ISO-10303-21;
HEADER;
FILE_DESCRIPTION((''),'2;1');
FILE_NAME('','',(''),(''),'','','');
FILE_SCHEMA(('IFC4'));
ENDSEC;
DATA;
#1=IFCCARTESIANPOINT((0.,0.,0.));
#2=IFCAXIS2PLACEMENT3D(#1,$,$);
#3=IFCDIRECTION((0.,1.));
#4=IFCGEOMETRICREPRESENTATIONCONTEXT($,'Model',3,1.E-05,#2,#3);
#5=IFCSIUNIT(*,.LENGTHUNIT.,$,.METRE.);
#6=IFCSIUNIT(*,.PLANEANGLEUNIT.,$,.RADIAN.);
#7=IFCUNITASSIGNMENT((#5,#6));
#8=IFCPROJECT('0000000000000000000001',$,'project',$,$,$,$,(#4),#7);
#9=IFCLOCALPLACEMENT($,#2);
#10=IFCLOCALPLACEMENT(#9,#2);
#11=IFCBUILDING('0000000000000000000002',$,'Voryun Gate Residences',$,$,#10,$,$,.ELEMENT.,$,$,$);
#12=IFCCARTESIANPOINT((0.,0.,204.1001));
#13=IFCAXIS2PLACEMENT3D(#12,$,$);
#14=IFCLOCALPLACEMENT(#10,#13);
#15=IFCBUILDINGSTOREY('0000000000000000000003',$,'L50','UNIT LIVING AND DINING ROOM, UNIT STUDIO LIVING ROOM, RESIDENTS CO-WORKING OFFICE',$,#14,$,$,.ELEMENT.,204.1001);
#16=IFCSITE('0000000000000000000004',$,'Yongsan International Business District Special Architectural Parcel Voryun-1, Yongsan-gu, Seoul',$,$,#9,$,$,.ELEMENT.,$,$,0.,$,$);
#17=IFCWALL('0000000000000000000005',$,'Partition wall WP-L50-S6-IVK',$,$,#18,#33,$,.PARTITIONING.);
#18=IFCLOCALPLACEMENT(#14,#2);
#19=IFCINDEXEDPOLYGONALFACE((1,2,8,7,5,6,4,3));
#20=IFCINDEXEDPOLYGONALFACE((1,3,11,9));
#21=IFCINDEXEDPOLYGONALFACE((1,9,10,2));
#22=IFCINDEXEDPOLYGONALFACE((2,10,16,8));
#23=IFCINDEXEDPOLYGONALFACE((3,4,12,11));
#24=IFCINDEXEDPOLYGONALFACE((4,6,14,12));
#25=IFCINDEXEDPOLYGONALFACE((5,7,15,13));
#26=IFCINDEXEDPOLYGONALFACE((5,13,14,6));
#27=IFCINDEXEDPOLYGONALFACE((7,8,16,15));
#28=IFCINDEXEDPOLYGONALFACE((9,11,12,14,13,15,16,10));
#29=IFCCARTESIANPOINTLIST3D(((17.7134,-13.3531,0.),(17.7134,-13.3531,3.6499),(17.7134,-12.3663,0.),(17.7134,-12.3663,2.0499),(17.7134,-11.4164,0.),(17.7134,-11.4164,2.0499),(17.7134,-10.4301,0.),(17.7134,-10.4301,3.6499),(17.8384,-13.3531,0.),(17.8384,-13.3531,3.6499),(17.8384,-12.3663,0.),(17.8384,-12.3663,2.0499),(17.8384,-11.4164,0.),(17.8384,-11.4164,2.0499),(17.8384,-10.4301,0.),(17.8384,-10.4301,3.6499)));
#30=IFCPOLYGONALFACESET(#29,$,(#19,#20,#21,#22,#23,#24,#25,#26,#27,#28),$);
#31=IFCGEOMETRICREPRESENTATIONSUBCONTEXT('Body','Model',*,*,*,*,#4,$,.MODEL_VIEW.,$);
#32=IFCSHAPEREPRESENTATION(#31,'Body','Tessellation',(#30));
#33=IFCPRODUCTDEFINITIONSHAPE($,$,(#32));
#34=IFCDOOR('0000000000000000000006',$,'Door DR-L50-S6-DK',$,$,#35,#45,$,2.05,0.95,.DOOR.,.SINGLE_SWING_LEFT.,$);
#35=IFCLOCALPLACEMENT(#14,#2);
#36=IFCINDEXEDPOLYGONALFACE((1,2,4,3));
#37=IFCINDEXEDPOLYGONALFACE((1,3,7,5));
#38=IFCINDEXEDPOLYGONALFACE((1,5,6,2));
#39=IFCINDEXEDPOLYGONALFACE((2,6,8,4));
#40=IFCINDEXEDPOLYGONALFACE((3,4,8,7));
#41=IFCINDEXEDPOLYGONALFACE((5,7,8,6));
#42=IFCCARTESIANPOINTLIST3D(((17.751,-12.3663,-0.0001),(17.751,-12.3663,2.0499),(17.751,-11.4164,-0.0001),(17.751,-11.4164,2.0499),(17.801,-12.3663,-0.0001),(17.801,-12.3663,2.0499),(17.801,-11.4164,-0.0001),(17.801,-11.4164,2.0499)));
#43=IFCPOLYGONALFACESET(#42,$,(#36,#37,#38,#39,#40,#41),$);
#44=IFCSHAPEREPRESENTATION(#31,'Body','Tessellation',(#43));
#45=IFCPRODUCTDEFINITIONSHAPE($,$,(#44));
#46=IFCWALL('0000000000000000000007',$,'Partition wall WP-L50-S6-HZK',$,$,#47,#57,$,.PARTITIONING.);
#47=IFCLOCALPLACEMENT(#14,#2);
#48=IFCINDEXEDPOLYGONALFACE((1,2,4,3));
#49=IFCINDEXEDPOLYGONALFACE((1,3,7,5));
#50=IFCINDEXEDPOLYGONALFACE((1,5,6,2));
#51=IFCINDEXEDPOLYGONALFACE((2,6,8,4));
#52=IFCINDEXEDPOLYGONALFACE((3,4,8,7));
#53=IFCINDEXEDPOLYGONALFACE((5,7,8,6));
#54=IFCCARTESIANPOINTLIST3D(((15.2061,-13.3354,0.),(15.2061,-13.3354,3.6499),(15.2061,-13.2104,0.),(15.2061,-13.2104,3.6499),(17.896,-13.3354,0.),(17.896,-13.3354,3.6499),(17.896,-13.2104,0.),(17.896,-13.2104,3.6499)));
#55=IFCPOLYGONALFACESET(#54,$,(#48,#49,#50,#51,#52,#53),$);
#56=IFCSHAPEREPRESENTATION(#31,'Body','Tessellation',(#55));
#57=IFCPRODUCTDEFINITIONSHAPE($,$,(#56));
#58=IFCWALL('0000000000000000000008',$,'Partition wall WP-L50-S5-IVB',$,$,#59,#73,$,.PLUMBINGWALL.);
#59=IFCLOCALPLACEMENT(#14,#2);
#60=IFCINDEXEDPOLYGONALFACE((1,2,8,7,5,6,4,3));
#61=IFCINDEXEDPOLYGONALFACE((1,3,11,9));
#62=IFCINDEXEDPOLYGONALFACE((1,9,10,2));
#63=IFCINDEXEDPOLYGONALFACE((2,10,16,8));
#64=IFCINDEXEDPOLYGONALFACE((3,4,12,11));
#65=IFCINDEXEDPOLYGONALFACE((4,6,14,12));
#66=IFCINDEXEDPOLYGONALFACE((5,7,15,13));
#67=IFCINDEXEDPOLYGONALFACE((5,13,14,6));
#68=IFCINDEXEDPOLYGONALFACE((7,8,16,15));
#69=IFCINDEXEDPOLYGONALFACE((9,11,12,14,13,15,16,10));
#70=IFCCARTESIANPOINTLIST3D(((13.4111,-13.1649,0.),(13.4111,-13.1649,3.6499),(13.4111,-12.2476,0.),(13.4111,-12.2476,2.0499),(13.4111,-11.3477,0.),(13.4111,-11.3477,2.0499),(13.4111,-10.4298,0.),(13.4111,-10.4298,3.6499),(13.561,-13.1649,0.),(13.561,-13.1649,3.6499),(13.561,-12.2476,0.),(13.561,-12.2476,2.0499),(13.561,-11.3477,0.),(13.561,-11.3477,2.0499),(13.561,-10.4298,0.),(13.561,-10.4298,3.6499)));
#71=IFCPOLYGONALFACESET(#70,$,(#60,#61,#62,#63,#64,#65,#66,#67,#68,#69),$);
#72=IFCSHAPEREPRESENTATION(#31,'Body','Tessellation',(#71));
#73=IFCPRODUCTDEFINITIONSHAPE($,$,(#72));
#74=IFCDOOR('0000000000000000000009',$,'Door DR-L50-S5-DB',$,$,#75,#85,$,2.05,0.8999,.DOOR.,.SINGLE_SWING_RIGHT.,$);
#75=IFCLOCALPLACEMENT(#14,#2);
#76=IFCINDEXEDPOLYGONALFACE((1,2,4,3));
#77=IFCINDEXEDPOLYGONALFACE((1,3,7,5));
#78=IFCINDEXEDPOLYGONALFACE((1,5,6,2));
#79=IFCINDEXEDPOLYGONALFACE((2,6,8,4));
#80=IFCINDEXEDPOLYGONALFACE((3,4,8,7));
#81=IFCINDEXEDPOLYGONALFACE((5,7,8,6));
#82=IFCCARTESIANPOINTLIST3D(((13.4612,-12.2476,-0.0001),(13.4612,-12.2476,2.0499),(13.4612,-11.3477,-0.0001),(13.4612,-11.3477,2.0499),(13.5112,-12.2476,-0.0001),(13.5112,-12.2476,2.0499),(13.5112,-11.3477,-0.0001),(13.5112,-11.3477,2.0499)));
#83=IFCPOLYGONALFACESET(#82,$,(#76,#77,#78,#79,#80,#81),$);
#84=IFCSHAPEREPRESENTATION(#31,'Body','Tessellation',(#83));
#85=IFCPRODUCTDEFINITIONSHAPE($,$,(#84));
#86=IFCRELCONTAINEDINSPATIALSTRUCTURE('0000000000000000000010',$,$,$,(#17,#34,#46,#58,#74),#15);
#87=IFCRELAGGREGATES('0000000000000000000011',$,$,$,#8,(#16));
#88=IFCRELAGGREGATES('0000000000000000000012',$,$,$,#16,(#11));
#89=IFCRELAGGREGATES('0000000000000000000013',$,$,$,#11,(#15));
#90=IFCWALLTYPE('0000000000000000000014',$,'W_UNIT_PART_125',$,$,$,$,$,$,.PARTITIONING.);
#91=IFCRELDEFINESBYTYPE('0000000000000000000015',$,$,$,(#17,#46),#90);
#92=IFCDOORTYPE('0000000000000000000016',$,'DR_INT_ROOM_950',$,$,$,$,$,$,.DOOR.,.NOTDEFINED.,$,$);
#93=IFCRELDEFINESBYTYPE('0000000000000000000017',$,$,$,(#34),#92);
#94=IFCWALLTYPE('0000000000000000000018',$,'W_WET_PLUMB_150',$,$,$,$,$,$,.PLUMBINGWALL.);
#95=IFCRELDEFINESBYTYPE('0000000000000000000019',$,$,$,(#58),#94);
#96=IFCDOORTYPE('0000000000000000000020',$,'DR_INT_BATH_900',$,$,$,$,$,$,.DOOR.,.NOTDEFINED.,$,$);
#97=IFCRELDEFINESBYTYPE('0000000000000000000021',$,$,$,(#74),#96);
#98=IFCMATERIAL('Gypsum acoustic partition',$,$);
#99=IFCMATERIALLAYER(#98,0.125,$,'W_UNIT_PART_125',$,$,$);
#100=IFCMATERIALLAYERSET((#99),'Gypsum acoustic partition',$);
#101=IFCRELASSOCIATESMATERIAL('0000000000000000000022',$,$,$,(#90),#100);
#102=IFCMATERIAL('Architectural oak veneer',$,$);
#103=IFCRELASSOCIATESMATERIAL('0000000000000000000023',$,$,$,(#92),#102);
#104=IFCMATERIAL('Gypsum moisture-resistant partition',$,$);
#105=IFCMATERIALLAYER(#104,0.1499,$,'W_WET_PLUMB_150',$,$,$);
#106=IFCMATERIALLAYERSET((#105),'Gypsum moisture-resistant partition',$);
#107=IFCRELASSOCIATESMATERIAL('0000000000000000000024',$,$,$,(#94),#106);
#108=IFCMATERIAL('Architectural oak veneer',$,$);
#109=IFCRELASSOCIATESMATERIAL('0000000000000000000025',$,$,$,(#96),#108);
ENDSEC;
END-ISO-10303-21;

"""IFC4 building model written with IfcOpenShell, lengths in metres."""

from ifc_helpers import new_model, si_unit, direction, frame, frame_2d, origin, place, context, subcontext, project, spatial, rectangle, extrude, material, layer, layer_set, type_object, element, fill, save


model = new_model("IFC4")

# Units and contexts
model_context = context("Model", 3, precision=1e-05, world=origin(), true_north=direction((0.0, 1.0)))
body_context = subcontext(model_context, "Body", "Model", "MODEL_VIEW")
ifc_project = project(units=[si_unit("LENGTHUNIT", "METRE"), si_unit("PLANEANGLEUNIT", "RADIAN")], contexts=[model_context])

# Site, building, storey
site_placement = place(None, origin())
site = spatial("IfcSite", under=ifc_project, at=site_placement, Name="Yongsan International Business District Special Architectural Parcel Voryun-1, Yongsan-gu, Seoul", CompositionType="ELEMENT", RefElevation=0.0)
building_placement = place(site_placement, origin())
building = spatial("IfcBuilding", under=site, at=building_placement, Name="Voryun Gate Residences", CompositionType="ELEMENT")
storey_placement = place(building_placement, frame((0.0, 0.0, 204.1001)))
storey = spatial("IfcBuildingStorey", under=building, at=storey_placement, Name="L50", Description="UNIT LIVING AND DINING ROOM, UNIT STUDIO LIVING ROOM, RESIDENTS CO-WORKING OFFICE", CompositionType="ELEMENT", Elevation=204.1001)

# Wall, opening, door
ifc_material_1 = material(Name="Gypsum acoustic partition")
ifc_layer_1 = layer(ifc_material_1, 0.125, Name="W_UNIT_PART_125")
ifc_layer_set_1 = layer_set([ifc_layer_1], Name="Gypsum acoustic partition")
wall_type_1 = type_object("IfcWallType", Name="W_UNIT_PART_125", PredefinedType="PARTITIONING", material=ifc_layer_set_1)
wall_1_placement = place(storey_placement, frame((17.7759, -13.353, 0.0), z_axis=(0.0, 0.0, 1.0), x_axis=(0.0, 1.0, 0.0)))
wall_1 = element("IfcWall", 1, at=wall_1_placement, inside=storey, type_object=wall_type_1, Name="Partition wall WP-L50-S6-IVK", PredefinedType="PARTITIONING", context=body_context, shape_type="SweptSolid", body=[
    extrude(rectangle(XDim=2.9231, YDim=0.125, at=frame_2d((1.4614, 0.0))), origin(), (0.0, 0.0, 1.0), 3.6499),
])
opening_1_placement = place(wall_1_placement, frame((0.9866, 0.0, 0.0)))
opening_1 = element("IfcOpeningElement", 2, at=opening_1_placement, cuts=wall_1, PredefinedType="OPENING", context=body_context, shape_type="SweptSolid", body=[
    extrude(rectangle(XDim=0.95, YDim=2.05, at=frame_2d((0.4751, 1.0249))), frame((0.0, 0.0725, 0.0), z_axis=(0.0, -1.0, 0.0), x_axis=(1.0, 0.0, 0.0)), (0.0, 0.0, 1.0), 0.145),
])
ifc_material_2 = material(Name="Architectural oak veneer")
door_type_1 = type_object("IfcDoorType", Name="DR_INT_ROOM_950", OperationType="NOTDEFINED", PredefinedType="DOOR", material=ifc_material_2)
door_1_placement = place(opening_1_placement, origin())
door_1 = element("IfcDoor", 3, at=door_1_placement, inside=storey, type_object=door_type_1, Name="Door DR-L50-S6-DK", OperationType="SINGLE_SWING_LEFT", OverallHeight=2.05, OverallWidth=0.95, PredefinedType="DOOR", context=body_context, shape_type="SweptSolid", body=[
    extrude(rectangle(XDim=0.95, YDim=2.05, at=frame_2d((0.4751, 1.0249))), frame((0.0, 0.0249, 0.0), z_axis=(0.0, -1.0, 0.0), x_axis=(1.0, 0.0, 0.0)), (0.0, 0.0, 1.0), 0.05),
])
fill(opening_1, door_1)

# Wall
wall_2_placement = place(storey_placement, frame((15.2061, -13.2729, 0.0), z_axis=(0.0, 0.0, 1.0), x_axis=(1.0, 0.0, 0.0)))
element("IfcWall", 4, at=wall_2_placement, inside=storey, type_object=wall_type_1, Name="Partition wall WP-L50-S6-HZK", PredefinedType="PARTITIONING", context=body_context, shape_type="SweptSolid", body=[
    extrude(rectangle(XDim=2.6899, YDim=0.125, at=frame_2d((1.345, 0.0))), origin(), (0.0, 0.0, 1.0), 3.6499),
])

# Wall, opening, door
ifc_material_3 = material(Name="Gypsum moisture-resistant partition")
ifc_layer_2 = layer(ifc_material_3, 0.1499, Name="W_WET_PLUMB_150")
ifc_layer_set_2 = layer_set([ifc_layer_2], Name="Gypsum moisture-resistant partition")
wall_type_2 = type_object("IfcWallType", Name="W_WET_PLUMB_150", PredefinedType="PLUMBINGWALL", material=ifc_layer_set_2)
wall_3_placement = place(storey_placement, frame((13.4861, -13.165, 0.0), z_axis=(0.0, 0.0, 1.0), x_axis=(0.0, 1.0, 0.0)))
wall_3 = element("IfcWall", 5, at=wall_3_placement, inside=storey, type_object=wall_type_2, Name="Partition wall WP-L50-S5-IVB", PredefinedType="PLUMBINGWALL", context=body_context, shape_type="SweptSolid", body=[
    extrude(rectangle(XDim=2.7351, YDim=0.1499, at=frame_2d((1.3677, 0.0))), origin(), (0.0, 0.0, 1.0), 3.6499),
])
opening_2_placement = place(wall_3_placement, frame((0.9175, 0.0, 0.0)))
opening_2 = element("IfcOpeningElement", 6, at=opening_2_placement, cuts=wall_3, PredefinedType="OPENING", context=body_context, shape_type="SweptSolid", body=[
    extrude(rectangle(XDim=0.8999, YDim=2.05, at=frame_2d((0.45, 1.0249))), frame((0.0, 0.085, 0.0), z_axis=(0.0, -1.0, 0.0), x_axis=(1.0, 0.0, 0.0)), (0.0, 0.0, 1.0), 0.1699),
])
ifc_material_4 = material(Name="Architectural oak veneer")
door_type_2 = type_object("IfcDoorType", Name="DR_INT_BATH_900", OperationType="NOTDEFINED", PredefinedType="DOOR", material=ifc_material_4)
door_2_placement = place(opening_2_placement, origin())
door_2 = element("IfcDoor", 7, at=door_2_placement, inside=storey, type_object=door_type_2, Name="Door DR-L50-S5-DB", OperationType="SINGLE_SWING_RIGHT", OverallHeight=2.05, OverallWidth=0.8999, PredefinedType="DOOR", context=body_context, shape_type="SweptSolid", body=[
    extrude(rectangle(XDim=0.8999, YDim=2.05, at=frame_2d((0.45, 1.0249))), frame((0.0, 0.0249, 0.0), z_axis=(0.0, -1.0, 0.0), x_axis=(1.0, 0.0, 0.0)), (0.0, 0.0, 1.0), 0.05),
])
fill(opening_2, door_2)

save(model, "model.ifc")
